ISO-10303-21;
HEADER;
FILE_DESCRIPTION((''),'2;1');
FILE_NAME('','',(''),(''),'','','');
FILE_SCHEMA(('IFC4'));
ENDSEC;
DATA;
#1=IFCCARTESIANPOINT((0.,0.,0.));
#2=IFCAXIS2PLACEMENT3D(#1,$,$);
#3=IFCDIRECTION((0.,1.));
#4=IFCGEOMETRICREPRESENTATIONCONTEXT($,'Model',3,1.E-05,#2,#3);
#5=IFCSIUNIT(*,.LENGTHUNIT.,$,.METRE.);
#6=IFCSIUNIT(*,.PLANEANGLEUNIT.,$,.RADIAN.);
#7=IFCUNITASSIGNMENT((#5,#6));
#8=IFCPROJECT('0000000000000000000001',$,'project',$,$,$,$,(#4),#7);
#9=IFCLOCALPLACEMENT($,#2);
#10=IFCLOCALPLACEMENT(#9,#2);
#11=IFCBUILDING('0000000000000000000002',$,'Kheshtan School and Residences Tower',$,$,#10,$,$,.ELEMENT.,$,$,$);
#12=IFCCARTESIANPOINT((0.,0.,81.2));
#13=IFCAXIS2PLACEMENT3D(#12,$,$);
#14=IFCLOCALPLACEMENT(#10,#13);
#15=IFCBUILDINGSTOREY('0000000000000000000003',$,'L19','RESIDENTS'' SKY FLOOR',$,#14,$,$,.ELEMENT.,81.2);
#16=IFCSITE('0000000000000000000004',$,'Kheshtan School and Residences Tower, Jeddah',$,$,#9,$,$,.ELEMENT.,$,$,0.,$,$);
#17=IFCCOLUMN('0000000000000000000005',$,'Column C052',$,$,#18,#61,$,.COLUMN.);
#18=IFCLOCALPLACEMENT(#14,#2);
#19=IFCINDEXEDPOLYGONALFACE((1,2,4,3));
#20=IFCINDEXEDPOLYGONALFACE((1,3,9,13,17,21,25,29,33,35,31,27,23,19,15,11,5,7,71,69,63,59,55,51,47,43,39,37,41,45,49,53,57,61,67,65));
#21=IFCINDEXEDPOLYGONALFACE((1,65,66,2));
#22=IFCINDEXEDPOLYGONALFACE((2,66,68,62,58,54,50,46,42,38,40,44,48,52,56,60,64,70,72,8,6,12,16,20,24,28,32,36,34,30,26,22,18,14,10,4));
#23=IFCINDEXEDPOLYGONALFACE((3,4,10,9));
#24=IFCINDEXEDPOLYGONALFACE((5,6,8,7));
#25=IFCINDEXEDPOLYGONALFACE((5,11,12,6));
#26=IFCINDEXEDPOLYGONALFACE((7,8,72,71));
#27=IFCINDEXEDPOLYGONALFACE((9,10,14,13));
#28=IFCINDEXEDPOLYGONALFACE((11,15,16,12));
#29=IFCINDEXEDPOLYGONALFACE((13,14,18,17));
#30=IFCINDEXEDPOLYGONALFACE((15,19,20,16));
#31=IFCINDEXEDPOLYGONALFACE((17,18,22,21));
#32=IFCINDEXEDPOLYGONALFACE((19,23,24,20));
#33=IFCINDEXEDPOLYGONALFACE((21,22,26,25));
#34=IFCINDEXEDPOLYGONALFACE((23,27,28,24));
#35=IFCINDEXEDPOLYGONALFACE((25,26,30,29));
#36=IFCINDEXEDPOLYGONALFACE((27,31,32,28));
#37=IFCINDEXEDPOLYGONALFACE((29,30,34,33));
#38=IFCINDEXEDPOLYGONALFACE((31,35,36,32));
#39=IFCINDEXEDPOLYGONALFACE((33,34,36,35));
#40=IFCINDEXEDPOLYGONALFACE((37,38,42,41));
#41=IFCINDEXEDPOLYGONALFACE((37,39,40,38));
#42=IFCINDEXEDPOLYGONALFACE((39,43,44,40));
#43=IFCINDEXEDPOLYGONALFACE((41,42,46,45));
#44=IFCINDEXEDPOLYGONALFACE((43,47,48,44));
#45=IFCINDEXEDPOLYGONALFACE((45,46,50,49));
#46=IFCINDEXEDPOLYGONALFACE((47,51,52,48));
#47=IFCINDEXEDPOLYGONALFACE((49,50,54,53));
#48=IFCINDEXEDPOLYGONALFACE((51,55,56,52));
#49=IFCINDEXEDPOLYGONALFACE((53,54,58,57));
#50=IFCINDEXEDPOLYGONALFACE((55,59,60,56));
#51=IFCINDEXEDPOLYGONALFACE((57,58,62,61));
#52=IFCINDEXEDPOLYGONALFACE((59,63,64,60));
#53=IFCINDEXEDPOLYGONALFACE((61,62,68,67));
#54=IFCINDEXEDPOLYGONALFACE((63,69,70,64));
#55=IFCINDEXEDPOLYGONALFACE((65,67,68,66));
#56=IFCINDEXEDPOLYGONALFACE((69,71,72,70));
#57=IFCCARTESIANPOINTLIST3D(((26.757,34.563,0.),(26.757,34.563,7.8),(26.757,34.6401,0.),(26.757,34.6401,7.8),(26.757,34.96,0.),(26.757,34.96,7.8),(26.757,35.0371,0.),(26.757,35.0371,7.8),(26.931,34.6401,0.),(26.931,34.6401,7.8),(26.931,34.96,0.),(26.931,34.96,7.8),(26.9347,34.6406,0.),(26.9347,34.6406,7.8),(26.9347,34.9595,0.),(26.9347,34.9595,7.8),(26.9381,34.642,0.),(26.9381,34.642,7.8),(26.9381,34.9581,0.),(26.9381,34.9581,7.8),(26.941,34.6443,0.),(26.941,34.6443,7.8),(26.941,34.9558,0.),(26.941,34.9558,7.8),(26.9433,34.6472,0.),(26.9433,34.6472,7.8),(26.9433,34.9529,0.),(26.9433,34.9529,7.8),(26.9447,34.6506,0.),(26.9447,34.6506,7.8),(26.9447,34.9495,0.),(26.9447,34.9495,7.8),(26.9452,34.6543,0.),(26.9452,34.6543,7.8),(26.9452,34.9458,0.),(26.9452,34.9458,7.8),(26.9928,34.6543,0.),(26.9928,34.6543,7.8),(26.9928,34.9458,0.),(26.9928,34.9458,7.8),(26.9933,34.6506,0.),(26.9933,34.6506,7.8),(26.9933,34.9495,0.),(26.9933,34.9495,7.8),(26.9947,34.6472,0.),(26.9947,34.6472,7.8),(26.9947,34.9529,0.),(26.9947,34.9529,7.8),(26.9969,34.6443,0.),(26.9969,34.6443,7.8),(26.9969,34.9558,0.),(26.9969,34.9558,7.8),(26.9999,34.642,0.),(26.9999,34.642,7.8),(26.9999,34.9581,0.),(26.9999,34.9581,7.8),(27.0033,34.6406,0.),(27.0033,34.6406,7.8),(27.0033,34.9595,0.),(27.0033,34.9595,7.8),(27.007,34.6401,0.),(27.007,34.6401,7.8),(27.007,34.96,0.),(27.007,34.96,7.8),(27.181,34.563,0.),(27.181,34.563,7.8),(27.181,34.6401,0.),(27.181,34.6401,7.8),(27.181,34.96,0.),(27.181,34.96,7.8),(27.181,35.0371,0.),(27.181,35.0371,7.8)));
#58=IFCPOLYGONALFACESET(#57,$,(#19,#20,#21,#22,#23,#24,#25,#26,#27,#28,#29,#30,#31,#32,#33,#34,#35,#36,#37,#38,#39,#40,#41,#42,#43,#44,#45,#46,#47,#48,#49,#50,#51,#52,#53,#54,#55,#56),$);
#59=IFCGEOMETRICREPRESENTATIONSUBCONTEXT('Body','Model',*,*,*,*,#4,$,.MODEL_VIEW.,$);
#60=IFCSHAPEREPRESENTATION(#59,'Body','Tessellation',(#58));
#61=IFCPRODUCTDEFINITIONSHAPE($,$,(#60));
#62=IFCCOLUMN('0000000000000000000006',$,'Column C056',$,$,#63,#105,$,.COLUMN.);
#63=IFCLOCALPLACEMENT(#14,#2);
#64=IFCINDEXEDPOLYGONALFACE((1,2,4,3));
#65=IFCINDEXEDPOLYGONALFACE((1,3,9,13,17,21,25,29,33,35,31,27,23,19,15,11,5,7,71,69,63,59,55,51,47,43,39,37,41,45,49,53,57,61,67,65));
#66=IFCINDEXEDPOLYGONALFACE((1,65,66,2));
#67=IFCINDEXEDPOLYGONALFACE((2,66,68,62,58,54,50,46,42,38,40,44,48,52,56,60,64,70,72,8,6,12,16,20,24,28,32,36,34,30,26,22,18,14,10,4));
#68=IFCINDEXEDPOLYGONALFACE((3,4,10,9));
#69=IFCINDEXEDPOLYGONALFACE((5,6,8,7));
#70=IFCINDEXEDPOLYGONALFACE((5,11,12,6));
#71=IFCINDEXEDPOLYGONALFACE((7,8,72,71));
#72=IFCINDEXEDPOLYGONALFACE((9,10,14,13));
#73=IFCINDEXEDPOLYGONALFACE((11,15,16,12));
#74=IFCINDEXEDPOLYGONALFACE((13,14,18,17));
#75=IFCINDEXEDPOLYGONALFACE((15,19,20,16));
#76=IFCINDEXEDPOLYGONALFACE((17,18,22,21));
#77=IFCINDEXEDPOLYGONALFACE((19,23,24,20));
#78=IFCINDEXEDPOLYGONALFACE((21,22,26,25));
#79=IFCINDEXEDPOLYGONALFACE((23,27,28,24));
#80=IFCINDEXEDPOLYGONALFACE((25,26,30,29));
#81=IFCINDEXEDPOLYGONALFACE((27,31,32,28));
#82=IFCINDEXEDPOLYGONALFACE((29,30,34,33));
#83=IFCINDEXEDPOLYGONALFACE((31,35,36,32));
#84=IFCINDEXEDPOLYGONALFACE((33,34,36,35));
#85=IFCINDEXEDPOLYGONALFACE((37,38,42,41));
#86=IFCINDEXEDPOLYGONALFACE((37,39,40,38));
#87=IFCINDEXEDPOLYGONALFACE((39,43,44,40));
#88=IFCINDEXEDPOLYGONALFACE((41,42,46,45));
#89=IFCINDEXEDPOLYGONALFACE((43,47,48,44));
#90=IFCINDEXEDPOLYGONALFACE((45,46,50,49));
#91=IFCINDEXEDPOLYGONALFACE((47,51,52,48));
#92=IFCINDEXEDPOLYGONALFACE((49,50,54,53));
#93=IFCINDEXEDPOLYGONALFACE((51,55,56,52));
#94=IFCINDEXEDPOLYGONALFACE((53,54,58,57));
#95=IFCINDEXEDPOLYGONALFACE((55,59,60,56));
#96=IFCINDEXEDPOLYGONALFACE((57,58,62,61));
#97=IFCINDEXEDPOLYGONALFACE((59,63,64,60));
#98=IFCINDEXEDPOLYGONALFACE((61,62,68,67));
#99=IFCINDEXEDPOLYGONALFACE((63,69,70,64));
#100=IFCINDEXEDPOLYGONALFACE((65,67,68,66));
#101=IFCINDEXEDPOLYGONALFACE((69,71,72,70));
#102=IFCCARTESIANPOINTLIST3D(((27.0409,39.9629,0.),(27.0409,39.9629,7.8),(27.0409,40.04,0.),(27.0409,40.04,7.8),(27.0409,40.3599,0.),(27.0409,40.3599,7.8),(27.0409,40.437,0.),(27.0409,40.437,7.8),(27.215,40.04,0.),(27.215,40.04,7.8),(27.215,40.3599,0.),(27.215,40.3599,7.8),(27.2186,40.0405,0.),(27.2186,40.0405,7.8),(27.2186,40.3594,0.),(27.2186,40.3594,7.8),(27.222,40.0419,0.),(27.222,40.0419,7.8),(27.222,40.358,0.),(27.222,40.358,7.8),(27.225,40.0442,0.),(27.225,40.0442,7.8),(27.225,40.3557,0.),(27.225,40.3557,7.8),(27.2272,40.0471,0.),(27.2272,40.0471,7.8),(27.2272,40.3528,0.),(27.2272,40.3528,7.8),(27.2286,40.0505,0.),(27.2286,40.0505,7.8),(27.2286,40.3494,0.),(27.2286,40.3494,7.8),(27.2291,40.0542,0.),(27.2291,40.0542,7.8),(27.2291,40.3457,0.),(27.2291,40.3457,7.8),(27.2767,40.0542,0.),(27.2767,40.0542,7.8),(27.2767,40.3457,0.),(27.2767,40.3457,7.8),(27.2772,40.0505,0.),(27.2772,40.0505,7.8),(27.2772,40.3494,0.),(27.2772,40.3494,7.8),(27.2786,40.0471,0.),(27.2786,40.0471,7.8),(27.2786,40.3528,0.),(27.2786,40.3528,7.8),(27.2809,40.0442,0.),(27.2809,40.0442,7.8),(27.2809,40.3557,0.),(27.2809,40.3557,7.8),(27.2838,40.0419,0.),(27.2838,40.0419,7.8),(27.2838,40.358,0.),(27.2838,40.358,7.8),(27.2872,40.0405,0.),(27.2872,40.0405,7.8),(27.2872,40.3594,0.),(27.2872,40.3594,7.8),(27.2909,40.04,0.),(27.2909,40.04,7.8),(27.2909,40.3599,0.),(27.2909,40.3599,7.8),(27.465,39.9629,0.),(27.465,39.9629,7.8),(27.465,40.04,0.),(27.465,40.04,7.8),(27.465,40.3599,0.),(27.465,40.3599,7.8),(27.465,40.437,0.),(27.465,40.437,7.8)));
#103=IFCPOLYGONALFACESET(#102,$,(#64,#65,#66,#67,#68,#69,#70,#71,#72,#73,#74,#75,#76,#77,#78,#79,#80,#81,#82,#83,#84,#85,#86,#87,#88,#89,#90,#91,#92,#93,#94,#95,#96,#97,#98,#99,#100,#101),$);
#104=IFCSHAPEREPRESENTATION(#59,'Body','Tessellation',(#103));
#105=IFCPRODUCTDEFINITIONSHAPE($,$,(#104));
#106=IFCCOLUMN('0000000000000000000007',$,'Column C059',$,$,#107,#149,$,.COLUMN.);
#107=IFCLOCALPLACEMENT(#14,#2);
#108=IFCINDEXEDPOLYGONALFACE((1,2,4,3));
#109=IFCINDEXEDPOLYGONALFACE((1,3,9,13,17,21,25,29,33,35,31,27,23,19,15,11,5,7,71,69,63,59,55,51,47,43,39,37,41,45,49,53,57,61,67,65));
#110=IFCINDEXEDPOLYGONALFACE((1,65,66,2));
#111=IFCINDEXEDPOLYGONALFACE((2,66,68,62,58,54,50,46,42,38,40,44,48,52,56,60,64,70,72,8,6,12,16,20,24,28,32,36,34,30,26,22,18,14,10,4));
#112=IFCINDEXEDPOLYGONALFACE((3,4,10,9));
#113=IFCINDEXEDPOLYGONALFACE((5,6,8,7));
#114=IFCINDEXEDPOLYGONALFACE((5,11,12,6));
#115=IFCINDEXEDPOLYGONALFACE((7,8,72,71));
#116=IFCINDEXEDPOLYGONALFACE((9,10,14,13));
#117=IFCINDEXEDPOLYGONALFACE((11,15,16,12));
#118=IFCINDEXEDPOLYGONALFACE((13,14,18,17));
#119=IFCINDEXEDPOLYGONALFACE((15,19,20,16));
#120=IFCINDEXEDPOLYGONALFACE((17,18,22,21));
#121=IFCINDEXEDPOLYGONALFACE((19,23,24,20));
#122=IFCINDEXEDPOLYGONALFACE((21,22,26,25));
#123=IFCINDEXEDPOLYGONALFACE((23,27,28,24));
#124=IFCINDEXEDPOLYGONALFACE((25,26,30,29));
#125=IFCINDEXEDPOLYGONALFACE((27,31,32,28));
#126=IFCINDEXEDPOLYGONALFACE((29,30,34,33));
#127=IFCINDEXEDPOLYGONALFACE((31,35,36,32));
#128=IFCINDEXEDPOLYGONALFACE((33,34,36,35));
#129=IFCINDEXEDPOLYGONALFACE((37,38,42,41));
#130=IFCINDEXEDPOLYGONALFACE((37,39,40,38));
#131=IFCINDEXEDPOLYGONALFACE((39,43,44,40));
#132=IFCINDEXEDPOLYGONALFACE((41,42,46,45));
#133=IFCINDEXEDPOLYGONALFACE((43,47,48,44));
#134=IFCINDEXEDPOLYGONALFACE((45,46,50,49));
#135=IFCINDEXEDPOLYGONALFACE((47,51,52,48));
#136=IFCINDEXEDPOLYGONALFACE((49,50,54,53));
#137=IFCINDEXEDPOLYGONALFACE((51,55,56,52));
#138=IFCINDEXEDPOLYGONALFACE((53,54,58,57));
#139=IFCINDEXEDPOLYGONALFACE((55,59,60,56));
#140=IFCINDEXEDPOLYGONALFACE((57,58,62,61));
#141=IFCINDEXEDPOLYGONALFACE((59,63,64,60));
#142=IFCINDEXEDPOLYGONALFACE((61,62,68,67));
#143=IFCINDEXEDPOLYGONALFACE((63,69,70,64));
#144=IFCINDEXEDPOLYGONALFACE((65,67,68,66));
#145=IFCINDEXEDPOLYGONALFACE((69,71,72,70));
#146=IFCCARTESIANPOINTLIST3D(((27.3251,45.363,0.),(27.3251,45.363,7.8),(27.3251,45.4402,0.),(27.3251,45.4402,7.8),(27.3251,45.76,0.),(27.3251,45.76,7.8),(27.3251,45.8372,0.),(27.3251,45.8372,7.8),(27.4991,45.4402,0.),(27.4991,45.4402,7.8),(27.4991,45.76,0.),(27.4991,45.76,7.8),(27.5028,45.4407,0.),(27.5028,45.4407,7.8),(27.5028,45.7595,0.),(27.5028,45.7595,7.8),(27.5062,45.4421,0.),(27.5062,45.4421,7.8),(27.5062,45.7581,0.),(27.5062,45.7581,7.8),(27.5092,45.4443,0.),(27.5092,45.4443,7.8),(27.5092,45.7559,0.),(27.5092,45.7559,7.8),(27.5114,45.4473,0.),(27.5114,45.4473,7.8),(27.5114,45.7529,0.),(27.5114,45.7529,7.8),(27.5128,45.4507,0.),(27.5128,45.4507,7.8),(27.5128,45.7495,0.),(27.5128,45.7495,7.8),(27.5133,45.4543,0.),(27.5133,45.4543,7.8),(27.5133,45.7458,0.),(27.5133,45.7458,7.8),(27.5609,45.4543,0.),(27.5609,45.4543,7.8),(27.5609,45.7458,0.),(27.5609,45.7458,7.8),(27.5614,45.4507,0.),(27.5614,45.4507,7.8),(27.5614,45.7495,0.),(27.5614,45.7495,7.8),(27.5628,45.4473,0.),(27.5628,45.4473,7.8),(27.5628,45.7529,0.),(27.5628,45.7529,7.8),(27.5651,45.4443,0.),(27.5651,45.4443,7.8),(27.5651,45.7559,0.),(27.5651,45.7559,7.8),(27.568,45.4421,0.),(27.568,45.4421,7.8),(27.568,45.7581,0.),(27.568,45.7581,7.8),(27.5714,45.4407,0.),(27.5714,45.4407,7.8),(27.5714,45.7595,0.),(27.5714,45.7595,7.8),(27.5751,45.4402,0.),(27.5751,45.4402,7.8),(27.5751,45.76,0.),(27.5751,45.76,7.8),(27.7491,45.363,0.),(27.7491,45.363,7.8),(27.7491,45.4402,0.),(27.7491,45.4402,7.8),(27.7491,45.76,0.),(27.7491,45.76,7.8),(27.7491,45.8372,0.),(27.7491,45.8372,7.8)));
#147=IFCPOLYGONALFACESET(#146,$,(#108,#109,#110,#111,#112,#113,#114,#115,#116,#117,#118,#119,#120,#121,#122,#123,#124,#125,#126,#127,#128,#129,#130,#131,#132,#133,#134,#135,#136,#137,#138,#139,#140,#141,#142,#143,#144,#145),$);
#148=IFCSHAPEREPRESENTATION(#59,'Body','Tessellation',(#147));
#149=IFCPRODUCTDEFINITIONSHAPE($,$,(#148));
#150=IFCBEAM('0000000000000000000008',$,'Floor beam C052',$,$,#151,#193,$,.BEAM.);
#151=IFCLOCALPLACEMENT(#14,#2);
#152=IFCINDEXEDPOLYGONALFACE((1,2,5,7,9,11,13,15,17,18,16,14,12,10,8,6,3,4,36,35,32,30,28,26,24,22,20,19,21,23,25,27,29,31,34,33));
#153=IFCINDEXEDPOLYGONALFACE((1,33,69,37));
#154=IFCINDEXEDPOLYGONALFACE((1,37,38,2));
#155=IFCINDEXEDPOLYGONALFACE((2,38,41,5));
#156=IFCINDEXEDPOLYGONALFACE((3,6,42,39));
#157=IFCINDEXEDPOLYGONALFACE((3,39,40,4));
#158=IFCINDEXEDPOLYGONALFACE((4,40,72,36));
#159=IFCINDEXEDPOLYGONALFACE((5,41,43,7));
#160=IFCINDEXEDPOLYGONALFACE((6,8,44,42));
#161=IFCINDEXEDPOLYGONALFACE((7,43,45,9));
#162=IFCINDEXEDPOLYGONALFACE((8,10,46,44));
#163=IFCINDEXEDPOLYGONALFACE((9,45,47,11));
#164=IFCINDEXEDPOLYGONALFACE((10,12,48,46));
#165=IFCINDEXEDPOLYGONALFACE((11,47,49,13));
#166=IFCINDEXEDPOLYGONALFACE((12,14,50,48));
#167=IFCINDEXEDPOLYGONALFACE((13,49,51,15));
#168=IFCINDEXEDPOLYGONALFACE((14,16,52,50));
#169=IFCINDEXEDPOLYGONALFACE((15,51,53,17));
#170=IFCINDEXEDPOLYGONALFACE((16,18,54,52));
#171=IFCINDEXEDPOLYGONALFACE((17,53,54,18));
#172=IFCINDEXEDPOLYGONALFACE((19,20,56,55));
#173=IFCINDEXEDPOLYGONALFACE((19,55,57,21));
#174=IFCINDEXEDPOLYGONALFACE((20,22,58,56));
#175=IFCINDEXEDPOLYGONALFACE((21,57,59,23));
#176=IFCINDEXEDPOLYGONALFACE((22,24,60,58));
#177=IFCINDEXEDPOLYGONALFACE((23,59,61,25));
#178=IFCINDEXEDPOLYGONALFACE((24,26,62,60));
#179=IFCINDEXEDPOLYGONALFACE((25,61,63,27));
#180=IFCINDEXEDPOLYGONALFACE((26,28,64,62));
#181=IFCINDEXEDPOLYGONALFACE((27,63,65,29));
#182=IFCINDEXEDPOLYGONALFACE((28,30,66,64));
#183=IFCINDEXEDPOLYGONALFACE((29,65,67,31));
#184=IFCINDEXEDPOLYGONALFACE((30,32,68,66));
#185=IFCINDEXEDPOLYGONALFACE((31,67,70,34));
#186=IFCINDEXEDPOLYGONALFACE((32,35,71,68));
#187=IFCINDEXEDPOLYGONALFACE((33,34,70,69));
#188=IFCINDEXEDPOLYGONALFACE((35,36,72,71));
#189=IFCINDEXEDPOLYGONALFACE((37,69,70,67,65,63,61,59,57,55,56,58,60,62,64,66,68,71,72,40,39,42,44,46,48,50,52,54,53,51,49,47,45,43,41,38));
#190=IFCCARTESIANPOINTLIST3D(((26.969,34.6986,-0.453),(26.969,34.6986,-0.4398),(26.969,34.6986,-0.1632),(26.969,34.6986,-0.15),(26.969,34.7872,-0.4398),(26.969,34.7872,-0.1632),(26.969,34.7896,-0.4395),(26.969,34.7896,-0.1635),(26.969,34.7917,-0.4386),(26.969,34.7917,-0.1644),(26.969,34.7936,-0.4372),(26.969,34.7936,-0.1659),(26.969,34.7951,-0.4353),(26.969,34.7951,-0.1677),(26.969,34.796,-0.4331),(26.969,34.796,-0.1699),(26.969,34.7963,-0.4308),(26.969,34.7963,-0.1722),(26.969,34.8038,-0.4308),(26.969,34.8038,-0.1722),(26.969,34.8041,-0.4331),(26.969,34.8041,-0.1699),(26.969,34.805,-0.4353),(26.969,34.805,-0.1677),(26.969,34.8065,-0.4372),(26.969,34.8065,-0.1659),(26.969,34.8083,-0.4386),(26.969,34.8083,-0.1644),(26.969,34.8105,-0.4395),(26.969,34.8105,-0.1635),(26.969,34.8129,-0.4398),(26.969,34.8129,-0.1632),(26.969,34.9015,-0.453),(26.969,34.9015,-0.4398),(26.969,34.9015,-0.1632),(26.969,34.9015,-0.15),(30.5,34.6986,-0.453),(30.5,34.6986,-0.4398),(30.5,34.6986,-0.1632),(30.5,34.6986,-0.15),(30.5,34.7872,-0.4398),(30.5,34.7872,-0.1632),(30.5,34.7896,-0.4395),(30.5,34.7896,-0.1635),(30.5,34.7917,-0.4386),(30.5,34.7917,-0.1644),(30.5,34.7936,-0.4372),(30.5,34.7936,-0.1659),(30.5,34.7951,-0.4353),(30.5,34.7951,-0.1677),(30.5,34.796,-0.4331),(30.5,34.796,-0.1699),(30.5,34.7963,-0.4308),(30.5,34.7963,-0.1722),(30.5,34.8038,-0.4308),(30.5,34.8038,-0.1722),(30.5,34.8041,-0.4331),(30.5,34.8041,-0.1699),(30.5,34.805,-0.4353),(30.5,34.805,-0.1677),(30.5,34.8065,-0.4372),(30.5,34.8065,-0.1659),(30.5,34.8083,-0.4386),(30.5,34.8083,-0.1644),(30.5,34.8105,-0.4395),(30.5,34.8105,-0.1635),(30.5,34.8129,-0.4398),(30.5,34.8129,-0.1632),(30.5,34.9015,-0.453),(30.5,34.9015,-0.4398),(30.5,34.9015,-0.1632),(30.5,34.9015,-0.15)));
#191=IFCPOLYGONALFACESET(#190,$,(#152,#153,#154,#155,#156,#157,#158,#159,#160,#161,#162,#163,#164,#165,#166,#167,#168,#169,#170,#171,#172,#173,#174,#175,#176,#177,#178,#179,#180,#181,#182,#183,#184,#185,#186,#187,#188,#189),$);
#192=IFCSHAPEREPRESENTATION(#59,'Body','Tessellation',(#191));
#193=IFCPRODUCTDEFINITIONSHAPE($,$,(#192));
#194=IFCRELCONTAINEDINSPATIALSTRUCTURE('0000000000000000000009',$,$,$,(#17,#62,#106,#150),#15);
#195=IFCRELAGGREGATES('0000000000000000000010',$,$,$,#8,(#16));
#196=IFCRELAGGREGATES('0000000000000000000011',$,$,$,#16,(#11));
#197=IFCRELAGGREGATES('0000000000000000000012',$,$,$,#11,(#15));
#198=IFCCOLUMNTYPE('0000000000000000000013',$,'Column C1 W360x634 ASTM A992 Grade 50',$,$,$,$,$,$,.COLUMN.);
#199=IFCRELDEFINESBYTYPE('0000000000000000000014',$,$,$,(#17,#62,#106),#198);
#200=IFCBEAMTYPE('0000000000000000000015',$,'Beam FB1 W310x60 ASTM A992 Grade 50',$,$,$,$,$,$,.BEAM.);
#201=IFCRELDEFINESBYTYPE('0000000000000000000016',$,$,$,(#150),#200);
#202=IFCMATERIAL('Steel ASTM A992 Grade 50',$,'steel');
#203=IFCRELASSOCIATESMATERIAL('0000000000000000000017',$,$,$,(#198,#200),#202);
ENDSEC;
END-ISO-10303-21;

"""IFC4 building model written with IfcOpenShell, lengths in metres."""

from ifc_helpers import new_model, si_unit, direction, frame, origin, origin_2d, place, context, subcontext, project, spatial, i_section, extrude, material, material_profile, profile_set, type_object, element, save


model = new_model("IFC4")

# Units and contexts
model_context = context("Model", 3, precision=1e-05, world=origin(), true_north=direction((0.0, 1.0)))
body_context = subcontext(model_context, "Body", "Model", "MODEL_VIEW")
ifc_project = project(units=[si_unit("LENGTHUNIT", "METRE"), si_unit("PLANEANGLEUNIT", "RADIAN")], contexts=[model_context])

# Site, building, storey
site_placement = place(None, origin())
site = spatial("IfcSite", under=ifc_project, at=site_placement, Name="Kheshtan School and Residences Tower, Jeddah", CompositionType="ELEMENT", RefElevation=0.0)
building_placement = place(site_placement, origin())
building = spatial("IfcBuilding", under=site, at=building_placement, Name="Kheshtan School and Residences Tower", CompositionType="ELEMENT")
storey_placement = place(building_placement, frame((0.0, 0.0, 81.2)))
storey = spatial("IfcBuildingStorey", under=building, at=storey_placement, Name="L19", Description="RESIDENTS' SKY FLOOR", CompositionType="ELEMENT", Elevation=81.2)

# Columns
ifc_material_1 = material(Name="Steel ASTM A992 Grade 50", Category="steel")
ifc_material_profile_1 = material_profile(ifc_material_1, i_section(OverallWidth=0.4241, OverallDepth=0.4741, WebThickness=0.0476, FlangeThickness=0.0771, FilletRadius=0.0142, at=origin_2d()), Name="W360x634")
ifc_profile_set_1 = profile_set([ifc_material_profile_1], Name="Steel ASTM A992 Grade 50")
column_type = type_object("IfcColumnType", Name="Column C1 W360x634 ASTM A992 Grade 50", PredefinedType="COLUMN", material=ifc_profile_set_1)
for number, where, z_axis, x_axis, name in (
    (1, (26.969, 34.8, 0.0), (0.0, 0.0, 1.0), (1.0, 0.0, 0.0), "Column C052"),
    (2, (27.2529, 40.2, 0.0), (0.0, 0.0, 1.0), (1.0, 0.0, 0.0), "Column C056"),
    (3, (27.5371, 45.6001, 0.0), (0.0, 0.0, 1.0), (1.0, 0.0, 0.0), "Column C059"),
):
    element("IfcColumn", number, at=place(storey_placement, frame(where, z_axis=z_axis, x_axis=x_axis)), inside=storey, type_object=column_type, Name=name, PredefinedType="COLUMN", context=body_context, shape_type="SweptSolid", body=[
        extrude(i_section(OverallWidth=0.4241, OverallDepth=0.4741, WebThickness=0.0476, FlangeThickness=0.0771, FilletRadius=0.0142, at=origin_2d()), origin(), (0.0, 0.0, 1.0), 7.8),
    ])

# Beam
ifc_material_profile_2 = material_profile(ifc_material_1, i_section(OverallWidth=0.2029, OverallDepth=0.303, WebThickness=0.0076, FlangeThickness=0.0132, FilletRadius=0.009, at=origin_2d()), Name="W310x60")
ifc_profile_set_2 = profile_set([ifc_material_profile_2], Name="Steel ASTM A992 Grade 50")
beam_type_1 = type_object("IfcBeamType", Name="Beam FB1 W310x60 ASTM A992 Grade 50", PredefinedType="BEAM", material=ifc_profile_set_2)
beam_1_placement = place(storey_placement, frame((26.969, 34.8, -0.3015), z_axis=(1.0, 0.0, 0.0), x_axis=(0.0, 1.0, 0.0)))
element("IfcBeam", 4, at=beam_1_placement, inside=storey, type_object=beam_type_1, Name="Floor beam C052", PredefinedType="BEAM", context=body_context, shape_type="SweptSolid", body=[
    extrude(i_section(OverallWidth=0.2029, OverallDepth=0.303, WebThickness=0.0076, FlangeThickness=0.0132, FilletRadius=0.009, at=origin_2d()), origin(), (0.0, 0.0, 1.0), 3.531),
])

save(model, "model.ifc")
